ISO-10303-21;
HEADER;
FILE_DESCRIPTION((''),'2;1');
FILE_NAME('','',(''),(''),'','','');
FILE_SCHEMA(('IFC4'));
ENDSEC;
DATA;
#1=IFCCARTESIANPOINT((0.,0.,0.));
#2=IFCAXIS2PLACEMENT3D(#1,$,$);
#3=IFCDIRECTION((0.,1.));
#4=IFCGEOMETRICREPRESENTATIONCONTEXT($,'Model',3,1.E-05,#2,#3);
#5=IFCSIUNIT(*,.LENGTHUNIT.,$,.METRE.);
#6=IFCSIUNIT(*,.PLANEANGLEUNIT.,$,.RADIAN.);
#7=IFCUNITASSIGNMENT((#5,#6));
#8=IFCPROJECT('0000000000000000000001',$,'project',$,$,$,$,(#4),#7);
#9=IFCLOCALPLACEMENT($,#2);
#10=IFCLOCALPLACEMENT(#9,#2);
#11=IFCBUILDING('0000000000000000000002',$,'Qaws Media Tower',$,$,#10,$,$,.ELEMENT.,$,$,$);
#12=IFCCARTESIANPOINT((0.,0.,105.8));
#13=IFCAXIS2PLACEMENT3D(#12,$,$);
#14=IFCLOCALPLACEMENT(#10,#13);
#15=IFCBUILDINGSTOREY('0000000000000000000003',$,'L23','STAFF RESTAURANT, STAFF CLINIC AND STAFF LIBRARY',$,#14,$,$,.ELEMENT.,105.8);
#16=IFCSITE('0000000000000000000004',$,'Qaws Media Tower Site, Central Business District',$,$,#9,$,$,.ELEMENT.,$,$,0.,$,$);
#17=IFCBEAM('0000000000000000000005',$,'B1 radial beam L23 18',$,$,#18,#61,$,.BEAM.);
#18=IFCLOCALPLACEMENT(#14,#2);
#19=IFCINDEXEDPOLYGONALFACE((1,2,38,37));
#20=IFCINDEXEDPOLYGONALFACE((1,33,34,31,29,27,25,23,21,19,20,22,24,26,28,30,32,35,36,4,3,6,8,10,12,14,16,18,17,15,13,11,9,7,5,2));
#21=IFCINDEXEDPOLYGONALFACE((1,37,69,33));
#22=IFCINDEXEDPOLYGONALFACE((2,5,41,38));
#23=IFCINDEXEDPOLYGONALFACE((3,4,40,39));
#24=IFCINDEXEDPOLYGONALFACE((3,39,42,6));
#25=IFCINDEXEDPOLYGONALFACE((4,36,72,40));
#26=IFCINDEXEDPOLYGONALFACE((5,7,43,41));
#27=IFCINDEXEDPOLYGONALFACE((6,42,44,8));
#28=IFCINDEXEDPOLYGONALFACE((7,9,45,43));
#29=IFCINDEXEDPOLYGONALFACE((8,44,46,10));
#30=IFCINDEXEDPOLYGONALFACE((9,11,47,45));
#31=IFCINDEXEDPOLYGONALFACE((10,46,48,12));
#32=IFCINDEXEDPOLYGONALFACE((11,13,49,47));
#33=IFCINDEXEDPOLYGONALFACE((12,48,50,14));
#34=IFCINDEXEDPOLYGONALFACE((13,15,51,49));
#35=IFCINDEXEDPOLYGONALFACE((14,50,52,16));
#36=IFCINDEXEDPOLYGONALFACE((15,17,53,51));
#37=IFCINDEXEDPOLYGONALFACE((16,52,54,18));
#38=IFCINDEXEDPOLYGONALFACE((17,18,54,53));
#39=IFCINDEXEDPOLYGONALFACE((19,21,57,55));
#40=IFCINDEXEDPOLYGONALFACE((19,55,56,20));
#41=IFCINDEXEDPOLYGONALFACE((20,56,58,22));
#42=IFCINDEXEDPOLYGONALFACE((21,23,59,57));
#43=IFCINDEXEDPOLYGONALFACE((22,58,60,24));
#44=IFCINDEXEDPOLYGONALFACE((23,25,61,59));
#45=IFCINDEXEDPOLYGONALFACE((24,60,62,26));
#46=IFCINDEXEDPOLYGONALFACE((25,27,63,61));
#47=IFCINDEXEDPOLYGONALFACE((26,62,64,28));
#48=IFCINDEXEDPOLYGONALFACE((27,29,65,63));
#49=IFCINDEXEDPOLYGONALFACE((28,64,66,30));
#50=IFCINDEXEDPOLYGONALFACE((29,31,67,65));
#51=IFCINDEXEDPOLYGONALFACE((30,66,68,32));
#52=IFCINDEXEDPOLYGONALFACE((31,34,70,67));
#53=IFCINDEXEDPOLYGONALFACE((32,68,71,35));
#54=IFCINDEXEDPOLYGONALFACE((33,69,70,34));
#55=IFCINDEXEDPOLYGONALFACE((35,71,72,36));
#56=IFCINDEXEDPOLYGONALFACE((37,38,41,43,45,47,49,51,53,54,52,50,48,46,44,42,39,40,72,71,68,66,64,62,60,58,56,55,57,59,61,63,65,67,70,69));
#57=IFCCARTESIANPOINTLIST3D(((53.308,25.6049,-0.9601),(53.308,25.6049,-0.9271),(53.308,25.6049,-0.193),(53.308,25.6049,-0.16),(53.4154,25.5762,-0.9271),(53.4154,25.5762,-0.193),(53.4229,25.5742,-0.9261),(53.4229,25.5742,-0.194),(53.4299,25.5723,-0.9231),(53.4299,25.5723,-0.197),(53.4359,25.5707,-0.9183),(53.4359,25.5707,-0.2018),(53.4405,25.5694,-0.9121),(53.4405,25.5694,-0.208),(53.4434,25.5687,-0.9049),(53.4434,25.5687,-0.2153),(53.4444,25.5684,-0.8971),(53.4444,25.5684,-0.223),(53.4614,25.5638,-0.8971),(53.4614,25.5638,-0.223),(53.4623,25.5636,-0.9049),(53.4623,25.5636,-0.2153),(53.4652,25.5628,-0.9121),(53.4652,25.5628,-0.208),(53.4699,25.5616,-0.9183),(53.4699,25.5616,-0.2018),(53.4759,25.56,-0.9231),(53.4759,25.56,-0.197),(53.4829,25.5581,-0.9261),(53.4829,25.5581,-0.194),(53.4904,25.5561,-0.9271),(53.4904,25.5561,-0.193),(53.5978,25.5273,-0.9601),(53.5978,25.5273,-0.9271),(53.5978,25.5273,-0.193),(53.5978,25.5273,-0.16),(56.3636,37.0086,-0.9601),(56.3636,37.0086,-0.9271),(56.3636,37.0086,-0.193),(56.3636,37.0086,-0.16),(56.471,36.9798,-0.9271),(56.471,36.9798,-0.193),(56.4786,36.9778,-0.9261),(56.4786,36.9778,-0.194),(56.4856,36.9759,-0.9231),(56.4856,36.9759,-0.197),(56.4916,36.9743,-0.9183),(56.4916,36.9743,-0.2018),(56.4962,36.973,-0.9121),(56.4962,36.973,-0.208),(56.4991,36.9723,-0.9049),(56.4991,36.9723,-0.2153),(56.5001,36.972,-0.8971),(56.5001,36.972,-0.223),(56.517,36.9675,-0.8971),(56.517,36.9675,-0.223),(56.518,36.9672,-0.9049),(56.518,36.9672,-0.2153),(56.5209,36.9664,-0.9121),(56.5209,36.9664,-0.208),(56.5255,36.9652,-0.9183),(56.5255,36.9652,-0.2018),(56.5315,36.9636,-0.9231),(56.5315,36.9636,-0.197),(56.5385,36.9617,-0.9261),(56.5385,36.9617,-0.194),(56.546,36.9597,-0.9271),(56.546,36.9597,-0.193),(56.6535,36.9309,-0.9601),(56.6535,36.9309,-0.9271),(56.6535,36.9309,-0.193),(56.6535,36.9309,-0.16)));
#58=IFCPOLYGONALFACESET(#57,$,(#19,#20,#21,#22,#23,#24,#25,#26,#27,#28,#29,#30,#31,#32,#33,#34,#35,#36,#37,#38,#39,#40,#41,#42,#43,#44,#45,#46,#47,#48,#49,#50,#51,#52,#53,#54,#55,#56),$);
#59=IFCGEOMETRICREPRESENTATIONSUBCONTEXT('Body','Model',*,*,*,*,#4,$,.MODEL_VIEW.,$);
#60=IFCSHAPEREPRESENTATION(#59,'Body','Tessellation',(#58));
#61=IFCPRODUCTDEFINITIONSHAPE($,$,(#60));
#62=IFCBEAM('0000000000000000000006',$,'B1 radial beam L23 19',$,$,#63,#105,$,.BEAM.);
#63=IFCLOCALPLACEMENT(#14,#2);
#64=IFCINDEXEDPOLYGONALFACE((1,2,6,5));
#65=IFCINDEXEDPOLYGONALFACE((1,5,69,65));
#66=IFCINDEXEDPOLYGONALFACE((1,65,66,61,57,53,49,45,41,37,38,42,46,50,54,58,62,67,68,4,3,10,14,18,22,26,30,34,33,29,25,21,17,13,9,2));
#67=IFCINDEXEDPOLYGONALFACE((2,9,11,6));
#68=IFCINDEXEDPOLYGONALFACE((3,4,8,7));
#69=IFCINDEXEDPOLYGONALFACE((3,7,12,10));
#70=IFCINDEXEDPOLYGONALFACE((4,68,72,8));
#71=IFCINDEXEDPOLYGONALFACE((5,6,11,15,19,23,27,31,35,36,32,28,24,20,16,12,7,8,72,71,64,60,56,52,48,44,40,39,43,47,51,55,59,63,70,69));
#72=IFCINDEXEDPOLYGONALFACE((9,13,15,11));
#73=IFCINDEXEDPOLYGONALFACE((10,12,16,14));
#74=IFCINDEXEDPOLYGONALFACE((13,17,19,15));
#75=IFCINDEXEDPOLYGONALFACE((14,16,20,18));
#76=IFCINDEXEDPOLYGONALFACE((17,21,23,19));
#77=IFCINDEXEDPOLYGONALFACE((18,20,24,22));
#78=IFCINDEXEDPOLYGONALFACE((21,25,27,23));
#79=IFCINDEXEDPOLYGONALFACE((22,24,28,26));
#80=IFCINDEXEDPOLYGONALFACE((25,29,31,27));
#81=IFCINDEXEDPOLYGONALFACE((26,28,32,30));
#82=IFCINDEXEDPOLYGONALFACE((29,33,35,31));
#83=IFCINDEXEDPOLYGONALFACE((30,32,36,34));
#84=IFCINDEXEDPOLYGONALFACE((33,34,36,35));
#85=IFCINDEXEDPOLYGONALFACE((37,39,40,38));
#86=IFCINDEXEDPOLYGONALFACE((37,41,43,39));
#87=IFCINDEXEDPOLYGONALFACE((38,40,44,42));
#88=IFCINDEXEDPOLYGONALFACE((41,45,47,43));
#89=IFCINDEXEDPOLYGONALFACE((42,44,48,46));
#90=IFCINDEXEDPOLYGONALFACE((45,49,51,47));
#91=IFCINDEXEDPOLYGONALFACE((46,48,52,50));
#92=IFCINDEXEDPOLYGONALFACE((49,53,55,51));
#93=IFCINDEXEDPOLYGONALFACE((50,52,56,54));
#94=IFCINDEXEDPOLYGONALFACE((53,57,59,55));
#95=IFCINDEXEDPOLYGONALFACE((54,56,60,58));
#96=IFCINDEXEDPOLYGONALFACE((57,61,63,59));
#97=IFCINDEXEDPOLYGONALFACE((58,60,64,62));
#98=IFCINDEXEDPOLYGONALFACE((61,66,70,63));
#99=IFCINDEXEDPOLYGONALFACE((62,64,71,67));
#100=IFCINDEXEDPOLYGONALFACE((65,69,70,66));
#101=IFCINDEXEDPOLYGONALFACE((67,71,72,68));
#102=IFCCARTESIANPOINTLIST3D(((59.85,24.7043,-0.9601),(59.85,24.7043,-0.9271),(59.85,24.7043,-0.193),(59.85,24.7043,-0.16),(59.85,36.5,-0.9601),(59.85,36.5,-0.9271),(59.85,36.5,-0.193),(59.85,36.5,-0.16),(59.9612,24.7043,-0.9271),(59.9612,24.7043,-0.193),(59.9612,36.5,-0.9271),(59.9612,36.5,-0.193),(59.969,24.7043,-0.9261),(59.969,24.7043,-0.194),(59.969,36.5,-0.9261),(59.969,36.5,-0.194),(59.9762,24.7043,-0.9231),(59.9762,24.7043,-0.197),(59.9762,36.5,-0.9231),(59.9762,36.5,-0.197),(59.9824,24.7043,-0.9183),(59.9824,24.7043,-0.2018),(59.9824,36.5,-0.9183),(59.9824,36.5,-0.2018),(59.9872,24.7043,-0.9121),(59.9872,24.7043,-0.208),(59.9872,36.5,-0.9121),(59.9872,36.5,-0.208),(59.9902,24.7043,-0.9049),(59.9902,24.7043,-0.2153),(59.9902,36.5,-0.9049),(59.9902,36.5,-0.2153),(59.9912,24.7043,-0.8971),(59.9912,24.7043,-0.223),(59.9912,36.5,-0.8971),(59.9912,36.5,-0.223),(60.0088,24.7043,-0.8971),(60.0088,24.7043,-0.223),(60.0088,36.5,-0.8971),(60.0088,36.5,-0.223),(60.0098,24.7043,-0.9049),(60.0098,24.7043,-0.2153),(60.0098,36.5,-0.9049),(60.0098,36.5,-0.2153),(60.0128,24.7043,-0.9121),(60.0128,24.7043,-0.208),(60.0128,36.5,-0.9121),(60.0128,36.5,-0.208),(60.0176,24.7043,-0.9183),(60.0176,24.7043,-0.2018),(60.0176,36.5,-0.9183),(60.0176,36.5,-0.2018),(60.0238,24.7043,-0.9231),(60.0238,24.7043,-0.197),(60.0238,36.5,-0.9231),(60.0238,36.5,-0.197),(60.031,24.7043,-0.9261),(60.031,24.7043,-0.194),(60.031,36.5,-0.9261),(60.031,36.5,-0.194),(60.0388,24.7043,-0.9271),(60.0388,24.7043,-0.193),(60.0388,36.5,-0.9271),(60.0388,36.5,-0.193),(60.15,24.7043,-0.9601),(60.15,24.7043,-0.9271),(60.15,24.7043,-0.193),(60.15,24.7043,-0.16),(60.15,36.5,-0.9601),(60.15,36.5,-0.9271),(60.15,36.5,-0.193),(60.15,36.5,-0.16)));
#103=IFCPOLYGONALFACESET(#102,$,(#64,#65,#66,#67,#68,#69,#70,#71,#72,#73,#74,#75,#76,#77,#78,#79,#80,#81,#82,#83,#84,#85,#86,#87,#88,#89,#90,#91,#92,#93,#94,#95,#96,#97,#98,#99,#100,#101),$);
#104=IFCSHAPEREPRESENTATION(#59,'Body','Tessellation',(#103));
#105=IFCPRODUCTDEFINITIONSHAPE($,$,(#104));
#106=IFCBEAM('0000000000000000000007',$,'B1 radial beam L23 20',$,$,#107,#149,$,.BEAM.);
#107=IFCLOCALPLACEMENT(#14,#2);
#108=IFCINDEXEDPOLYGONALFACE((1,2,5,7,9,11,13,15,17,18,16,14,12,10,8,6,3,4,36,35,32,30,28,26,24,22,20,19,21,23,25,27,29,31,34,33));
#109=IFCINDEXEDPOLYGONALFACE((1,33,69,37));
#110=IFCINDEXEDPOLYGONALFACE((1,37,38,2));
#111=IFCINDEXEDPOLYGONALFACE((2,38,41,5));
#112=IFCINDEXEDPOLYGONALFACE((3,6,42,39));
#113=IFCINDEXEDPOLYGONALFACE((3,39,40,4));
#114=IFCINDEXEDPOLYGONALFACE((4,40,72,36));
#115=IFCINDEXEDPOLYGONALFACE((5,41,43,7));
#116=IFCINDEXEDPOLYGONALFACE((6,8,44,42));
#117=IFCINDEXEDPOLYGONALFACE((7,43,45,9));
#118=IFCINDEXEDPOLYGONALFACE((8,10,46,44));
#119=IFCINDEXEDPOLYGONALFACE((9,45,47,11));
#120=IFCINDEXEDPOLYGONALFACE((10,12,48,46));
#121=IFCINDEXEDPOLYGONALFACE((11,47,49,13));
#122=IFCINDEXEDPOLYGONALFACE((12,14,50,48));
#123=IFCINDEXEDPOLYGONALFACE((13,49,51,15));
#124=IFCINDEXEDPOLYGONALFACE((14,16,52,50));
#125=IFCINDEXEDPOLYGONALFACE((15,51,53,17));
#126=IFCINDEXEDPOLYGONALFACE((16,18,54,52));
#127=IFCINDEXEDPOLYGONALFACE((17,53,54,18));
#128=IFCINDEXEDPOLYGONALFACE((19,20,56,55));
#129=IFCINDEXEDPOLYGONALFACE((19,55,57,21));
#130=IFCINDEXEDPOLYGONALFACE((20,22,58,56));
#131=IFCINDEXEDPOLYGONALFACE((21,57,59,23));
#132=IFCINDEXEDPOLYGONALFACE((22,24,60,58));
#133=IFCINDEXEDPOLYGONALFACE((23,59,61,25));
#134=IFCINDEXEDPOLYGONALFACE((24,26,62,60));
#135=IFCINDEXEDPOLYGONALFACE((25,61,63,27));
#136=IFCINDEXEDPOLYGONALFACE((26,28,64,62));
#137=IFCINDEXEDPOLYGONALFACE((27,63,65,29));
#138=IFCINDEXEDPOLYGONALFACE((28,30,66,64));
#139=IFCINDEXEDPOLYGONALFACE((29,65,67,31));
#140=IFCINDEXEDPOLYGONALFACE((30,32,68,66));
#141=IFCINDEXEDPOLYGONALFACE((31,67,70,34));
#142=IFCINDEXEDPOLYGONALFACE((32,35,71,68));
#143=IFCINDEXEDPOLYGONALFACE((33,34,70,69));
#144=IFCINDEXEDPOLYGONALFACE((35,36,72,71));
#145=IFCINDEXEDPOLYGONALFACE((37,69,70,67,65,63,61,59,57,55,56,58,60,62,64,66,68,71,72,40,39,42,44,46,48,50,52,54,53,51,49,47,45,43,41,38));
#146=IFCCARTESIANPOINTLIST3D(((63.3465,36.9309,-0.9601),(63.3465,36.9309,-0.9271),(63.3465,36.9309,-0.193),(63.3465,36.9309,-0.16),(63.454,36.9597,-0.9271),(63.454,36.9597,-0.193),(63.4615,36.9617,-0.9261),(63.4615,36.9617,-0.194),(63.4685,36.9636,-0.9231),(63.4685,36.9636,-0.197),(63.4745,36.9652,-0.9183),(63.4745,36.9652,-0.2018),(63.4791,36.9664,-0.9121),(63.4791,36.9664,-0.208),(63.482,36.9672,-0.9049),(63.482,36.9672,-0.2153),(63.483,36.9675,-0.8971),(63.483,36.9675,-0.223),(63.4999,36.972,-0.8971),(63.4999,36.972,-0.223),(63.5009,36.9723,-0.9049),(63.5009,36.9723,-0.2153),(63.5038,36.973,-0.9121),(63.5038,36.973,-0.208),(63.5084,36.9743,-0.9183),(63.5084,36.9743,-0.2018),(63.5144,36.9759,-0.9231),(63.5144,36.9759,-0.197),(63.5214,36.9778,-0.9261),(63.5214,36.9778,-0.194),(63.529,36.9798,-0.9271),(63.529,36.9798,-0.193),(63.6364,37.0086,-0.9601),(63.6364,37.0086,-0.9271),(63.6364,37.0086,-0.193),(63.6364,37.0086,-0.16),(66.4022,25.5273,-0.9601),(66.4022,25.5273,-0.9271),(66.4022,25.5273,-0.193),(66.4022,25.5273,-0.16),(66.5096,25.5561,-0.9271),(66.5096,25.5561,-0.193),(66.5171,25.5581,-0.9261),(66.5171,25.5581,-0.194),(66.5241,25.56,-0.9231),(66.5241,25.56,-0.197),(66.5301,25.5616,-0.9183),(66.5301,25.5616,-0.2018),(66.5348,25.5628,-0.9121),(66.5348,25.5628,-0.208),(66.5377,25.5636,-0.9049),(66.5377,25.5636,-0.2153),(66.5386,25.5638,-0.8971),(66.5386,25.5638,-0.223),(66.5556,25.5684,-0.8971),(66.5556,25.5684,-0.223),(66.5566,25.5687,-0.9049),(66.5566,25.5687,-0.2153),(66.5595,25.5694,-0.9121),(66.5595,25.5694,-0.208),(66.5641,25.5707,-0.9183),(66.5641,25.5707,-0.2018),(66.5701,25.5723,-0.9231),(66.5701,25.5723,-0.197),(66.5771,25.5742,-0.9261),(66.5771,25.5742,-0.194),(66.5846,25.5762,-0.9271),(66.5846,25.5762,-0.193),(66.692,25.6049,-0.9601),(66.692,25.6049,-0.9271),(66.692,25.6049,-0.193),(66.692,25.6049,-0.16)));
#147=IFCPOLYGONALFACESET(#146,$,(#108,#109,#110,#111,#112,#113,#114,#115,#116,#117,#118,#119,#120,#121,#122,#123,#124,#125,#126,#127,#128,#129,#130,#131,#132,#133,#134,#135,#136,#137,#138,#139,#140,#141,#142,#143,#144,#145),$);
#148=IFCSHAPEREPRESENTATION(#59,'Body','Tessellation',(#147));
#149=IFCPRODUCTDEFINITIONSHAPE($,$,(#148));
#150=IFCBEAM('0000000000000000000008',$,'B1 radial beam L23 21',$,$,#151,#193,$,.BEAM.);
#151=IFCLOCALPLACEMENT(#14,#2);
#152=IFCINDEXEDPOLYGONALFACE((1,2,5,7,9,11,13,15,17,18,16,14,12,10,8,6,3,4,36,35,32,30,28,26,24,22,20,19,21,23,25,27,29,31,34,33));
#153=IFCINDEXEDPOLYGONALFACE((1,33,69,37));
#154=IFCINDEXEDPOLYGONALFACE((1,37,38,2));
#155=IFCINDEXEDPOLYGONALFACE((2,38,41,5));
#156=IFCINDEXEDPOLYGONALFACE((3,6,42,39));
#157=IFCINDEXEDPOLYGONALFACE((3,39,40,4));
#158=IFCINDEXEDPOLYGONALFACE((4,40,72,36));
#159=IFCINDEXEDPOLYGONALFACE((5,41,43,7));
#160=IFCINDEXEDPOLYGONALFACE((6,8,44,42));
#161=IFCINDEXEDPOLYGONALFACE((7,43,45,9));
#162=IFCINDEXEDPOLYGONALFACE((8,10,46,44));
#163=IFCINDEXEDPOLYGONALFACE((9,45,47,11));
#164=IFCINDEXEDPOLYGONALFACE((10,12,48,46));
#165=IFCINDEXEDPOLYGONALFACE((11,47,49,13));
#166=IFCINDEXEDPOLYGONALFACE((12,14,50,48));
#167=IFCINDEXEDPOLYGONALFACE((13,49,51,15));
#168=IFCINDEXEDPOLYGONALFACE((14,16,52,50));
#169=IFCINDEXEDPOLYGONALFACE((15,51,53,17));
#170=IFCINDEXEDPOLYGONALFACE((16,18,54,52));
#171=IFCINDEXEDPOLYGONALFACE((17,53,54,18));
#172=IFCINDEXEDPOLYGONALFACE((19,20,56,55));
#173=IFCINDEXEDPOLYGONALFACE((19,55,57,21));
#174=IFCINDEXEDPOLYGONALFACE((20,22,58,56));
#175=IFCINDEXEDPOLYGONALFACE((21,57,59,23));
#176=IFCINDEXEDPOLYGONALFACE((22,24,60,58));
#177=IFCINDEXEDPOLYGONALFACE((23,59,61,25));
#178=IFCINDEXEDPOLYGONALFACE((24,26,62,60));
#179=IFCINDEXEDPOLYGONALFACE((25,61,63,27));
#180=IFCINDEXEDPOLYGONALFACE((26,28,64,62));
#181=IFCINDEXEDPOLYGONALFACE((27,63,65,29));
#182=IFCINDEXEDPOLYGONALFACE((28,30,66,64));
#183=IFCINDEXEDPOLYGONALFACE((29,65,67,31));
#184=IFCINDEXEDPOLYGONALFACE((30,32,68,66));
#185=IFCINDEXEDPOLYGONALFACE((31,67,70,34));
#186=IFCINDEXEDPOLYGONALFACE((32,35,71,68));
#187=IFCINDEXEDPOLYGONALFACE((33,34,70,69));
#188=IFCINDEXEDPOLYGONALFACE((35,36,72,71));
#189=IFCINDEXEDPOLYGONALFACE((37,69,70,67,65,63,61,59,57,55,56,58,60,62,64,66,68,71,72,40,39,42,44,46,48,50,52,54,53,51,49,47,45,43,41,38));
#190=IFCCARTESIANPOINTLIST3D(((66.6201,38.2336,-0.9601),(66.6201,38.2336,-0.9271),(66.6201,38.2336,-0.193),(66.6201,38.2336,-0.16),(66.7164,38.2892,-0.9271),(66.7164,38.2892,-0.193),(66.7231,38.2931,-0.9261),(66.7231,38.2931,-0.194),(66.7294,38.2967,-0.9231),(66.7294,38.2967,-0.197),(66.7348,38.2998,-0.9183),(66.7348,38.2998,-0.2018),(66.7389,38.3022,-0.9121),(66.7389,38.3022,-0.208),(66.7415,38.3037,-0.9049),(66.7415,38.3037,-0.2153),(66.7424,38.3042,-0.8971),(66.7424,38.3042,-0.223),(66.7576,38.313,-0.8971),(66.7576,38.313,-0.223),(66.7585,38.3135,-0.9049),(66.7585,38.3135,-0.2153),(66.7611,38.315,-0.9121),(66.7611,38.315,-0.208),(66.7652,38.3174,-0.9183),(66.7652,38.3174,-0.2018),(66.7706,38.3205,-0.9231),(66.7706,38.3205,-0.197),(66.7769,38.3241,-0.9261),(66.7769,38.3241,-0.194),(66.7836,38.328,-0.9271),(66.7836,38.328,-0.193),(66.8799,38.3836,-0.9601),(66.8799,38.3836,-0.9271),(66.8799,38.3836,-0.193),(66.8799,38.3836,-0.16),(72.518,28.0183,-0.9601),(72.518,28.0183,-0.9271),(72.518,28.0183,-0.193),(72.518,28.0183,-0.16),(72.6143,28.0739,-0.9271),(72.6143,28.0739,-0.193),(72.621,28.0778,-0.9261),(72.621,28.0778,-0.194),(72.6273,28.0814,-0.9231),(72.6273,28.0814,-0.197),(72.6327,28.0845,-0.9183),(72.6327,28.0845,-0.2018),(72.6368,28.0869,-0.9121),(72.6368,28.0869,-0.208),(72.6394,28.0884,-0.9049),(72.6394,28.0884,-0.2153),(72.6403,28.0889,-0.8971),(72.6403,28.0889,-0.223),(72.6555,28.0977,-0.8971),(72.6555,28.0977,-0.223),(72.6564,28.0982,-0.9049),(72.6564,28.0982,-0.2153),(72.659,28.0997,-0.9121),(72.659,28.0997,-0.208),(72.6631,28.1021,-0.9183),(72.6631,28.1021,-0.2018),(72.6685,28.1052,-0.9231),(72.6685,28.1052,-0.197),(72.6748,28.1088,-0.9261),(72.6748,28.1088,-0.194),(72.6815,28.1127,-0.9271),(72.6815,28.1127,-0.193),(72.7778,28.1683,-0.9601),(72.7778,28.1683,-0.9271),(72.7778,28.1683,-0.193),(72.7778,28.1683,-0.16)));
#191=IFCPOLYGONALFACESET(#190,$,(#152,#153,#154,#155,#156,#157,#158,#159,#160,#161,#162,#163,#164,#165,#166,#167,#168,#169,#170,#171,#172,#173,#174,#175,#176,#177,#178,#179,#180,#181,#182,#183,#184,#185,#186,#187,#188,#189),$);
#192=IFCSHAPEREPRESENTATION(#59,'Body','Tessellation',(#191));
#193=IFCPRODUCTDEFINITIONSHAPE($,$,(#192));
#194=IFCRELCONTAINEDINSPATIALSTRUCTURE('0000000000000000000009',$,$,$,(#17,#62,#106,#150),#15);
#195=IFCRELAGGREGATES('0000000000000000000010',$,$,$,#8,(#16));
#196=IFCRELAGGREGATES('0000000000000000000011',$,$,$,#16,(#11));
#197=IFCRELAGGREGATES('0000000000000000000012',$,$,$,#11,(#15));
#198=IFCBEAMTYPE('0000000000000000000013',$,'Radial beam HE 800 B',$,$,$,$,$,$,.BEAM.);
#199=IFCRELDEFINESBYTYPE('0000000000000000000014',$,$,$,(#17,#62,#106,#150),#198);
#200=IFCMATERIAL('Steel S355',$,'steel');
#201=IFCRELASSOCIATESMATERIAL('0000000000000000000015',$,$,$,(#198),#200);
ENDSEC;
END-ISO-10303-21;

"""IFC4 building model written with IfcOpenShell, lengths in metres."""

from ifc_helpers import new_model, si_unit, direction, frame, origin, origin_2d, place, context, subcontext, project, spatial, i_section, extrude, material, material_profile, profile_set, type_object, element, save


model = new_model("IFC4")

# Units and contexts
model_context = context("Model", 3, precision=1e-05, world=origin(), true_north=direction((0.0, 1.0)))
body_context = subcontext(model_context, "Body", "Model", "MODEL_VIEW")
ifc_project = project(units=[si_unit("LENGTHUNIT", "METRE"), si_unit("PLANEANGLEUNIT", "RADIAN")], contexts=[model_context])

# Site, building, storey
site_placement = place(None, origin())
site = spatial("IfcSite", under=ifc_project, at=site_placement, Name="Qaws Media Tower Site, Central Business District", CompositionType="ELEMENT", RefElevation=0.0)
building_placement = place(site_placement, origin())
building = spatial("IfcBuilding", under=site, at=building_placement, Name="Qaws Media Tower", CompositionType="ELEMENT")
storey_placement = place(building_placement, frame((0.0, 0.0, 105.8)))
storey = spatial("IfcBuildingStorey", under=building, at=storey_placement, Name="L23", Description="STAFF RESTAURANT, STAFF CLINIC AND STAFF LIBRARY", CompositionType="ELEMENT", Elevation=105.8)

# Beams
ifc_material_1 = material(Name="Steel S355", Category="steel")
ifc_material_profile_1 = material_profile(ifc_material_1, i_section(OverallWidth=0.3, OverallDepth=0.8, WebThickness=0.0176, FlangeThickness=0.033, FilletRadius=0.03, at=origin_2d()), Name="HE 800 B")
ifc_profile_set_1 = profile_set([ifc_material_profile_1], Name="Steel S355")
beam_type_1 = type_object("IfcBeamType", Name="Radial beam HE 800 B", PredefinedType="BEAM", material=ifc_profile_set_1)
beam_1_placement = place(storey_placement, frame((56.5085, 36.9697, -0.5601), z_axis=(-0.258826, -0.965924, 0.0), x_axis=(0.965924, -0.258826, 0.0)))
element("IfcBeam", 1, at=beam_1_placement, inside=storey, type_object=beam_type_1, Name="B1 radial beam L23 18", PredefinedType="BEAM", context=body_context, shape_type="SweptSolid", body=[
    extrude(i_section(OverallWidth=0.3, OverallDepth=0.8, WebThickness=0.0176, FlangeThickness=0.033, FilletRadius=0.03, at=origin_2d()), origin(), (0.0, 0.0, 1.0), 11.8059),
])
beam_2_placement = place(storey_placement, frame((60.0, 36.5, -0.5601), z_axis=(0.0, -1.0, 0.0), x_axis=(1.0, 0.0, 0.0)))
element("IfcBeam", 2, at=beam_2_placement, inside=storey, type_object=beam_type_1, Name="B1 radial beam L23 19", PredefinedType="BEAM", context=body_context, shape_type="SweptSolid", body=[
    extrude(i_section(OverallWidth=0.3, OverallDepth=0.8, WebThickness=0.0176, FlangeThickness=0.033, FilletRadius=0.03, at=origin_2d()), origin(), (0.0, 0.0, 1.0), 11.7957),
])
beam_3_placement = place(storey_placement, frame((63.4915, 36.9697, -0.5601), z_axis=(0.258826, -0.965924, 0.0), x_axis=(0.965924, 0.258826, 0.0)))
element("IfcBeam", 3, at=beam_3_placement, inside=storey, type_object=beam_type_1, Name="B1 radial beam L23 20", PredefinedType="BEAM", context=body_context, shape_type="SweptSolid", body=[
    extrude(i_section(OverallWidth=0.3, OverallDepth=0.8, WebThickness=0.0176, FlangeThickness=0.033, FilletRadius=0.03, at=origin_2d()), origin(), (0.0, 0.0, 1.0), 11.8059),
])
beam_4_placement = place(storey_placement, frame((66.75, 38.3086, -0.5601), z_axis=(0.500008, -0.866021, 0.0), x_axis=(0.866021, 0.500008, 0.0)))
element("IfcBeam", 4, at=beam_4_placement, inside=storey, type_object=beam_type_1, Name="B1 radial beam L23 21", PredefinedType="BEAM", context=body_context, shape_type="SweptSolid", body=[
    extrude(i_section(OverallWidth=0.3, OverallDepth=0.8, WebThickness=0.0176, FlangeThickness=0.033, FilletRadius=0.03, at=origin_2d()), origin(), (0.0, 0.0, 1.0), 11.7957),
])

save(model, "model.ifc")
